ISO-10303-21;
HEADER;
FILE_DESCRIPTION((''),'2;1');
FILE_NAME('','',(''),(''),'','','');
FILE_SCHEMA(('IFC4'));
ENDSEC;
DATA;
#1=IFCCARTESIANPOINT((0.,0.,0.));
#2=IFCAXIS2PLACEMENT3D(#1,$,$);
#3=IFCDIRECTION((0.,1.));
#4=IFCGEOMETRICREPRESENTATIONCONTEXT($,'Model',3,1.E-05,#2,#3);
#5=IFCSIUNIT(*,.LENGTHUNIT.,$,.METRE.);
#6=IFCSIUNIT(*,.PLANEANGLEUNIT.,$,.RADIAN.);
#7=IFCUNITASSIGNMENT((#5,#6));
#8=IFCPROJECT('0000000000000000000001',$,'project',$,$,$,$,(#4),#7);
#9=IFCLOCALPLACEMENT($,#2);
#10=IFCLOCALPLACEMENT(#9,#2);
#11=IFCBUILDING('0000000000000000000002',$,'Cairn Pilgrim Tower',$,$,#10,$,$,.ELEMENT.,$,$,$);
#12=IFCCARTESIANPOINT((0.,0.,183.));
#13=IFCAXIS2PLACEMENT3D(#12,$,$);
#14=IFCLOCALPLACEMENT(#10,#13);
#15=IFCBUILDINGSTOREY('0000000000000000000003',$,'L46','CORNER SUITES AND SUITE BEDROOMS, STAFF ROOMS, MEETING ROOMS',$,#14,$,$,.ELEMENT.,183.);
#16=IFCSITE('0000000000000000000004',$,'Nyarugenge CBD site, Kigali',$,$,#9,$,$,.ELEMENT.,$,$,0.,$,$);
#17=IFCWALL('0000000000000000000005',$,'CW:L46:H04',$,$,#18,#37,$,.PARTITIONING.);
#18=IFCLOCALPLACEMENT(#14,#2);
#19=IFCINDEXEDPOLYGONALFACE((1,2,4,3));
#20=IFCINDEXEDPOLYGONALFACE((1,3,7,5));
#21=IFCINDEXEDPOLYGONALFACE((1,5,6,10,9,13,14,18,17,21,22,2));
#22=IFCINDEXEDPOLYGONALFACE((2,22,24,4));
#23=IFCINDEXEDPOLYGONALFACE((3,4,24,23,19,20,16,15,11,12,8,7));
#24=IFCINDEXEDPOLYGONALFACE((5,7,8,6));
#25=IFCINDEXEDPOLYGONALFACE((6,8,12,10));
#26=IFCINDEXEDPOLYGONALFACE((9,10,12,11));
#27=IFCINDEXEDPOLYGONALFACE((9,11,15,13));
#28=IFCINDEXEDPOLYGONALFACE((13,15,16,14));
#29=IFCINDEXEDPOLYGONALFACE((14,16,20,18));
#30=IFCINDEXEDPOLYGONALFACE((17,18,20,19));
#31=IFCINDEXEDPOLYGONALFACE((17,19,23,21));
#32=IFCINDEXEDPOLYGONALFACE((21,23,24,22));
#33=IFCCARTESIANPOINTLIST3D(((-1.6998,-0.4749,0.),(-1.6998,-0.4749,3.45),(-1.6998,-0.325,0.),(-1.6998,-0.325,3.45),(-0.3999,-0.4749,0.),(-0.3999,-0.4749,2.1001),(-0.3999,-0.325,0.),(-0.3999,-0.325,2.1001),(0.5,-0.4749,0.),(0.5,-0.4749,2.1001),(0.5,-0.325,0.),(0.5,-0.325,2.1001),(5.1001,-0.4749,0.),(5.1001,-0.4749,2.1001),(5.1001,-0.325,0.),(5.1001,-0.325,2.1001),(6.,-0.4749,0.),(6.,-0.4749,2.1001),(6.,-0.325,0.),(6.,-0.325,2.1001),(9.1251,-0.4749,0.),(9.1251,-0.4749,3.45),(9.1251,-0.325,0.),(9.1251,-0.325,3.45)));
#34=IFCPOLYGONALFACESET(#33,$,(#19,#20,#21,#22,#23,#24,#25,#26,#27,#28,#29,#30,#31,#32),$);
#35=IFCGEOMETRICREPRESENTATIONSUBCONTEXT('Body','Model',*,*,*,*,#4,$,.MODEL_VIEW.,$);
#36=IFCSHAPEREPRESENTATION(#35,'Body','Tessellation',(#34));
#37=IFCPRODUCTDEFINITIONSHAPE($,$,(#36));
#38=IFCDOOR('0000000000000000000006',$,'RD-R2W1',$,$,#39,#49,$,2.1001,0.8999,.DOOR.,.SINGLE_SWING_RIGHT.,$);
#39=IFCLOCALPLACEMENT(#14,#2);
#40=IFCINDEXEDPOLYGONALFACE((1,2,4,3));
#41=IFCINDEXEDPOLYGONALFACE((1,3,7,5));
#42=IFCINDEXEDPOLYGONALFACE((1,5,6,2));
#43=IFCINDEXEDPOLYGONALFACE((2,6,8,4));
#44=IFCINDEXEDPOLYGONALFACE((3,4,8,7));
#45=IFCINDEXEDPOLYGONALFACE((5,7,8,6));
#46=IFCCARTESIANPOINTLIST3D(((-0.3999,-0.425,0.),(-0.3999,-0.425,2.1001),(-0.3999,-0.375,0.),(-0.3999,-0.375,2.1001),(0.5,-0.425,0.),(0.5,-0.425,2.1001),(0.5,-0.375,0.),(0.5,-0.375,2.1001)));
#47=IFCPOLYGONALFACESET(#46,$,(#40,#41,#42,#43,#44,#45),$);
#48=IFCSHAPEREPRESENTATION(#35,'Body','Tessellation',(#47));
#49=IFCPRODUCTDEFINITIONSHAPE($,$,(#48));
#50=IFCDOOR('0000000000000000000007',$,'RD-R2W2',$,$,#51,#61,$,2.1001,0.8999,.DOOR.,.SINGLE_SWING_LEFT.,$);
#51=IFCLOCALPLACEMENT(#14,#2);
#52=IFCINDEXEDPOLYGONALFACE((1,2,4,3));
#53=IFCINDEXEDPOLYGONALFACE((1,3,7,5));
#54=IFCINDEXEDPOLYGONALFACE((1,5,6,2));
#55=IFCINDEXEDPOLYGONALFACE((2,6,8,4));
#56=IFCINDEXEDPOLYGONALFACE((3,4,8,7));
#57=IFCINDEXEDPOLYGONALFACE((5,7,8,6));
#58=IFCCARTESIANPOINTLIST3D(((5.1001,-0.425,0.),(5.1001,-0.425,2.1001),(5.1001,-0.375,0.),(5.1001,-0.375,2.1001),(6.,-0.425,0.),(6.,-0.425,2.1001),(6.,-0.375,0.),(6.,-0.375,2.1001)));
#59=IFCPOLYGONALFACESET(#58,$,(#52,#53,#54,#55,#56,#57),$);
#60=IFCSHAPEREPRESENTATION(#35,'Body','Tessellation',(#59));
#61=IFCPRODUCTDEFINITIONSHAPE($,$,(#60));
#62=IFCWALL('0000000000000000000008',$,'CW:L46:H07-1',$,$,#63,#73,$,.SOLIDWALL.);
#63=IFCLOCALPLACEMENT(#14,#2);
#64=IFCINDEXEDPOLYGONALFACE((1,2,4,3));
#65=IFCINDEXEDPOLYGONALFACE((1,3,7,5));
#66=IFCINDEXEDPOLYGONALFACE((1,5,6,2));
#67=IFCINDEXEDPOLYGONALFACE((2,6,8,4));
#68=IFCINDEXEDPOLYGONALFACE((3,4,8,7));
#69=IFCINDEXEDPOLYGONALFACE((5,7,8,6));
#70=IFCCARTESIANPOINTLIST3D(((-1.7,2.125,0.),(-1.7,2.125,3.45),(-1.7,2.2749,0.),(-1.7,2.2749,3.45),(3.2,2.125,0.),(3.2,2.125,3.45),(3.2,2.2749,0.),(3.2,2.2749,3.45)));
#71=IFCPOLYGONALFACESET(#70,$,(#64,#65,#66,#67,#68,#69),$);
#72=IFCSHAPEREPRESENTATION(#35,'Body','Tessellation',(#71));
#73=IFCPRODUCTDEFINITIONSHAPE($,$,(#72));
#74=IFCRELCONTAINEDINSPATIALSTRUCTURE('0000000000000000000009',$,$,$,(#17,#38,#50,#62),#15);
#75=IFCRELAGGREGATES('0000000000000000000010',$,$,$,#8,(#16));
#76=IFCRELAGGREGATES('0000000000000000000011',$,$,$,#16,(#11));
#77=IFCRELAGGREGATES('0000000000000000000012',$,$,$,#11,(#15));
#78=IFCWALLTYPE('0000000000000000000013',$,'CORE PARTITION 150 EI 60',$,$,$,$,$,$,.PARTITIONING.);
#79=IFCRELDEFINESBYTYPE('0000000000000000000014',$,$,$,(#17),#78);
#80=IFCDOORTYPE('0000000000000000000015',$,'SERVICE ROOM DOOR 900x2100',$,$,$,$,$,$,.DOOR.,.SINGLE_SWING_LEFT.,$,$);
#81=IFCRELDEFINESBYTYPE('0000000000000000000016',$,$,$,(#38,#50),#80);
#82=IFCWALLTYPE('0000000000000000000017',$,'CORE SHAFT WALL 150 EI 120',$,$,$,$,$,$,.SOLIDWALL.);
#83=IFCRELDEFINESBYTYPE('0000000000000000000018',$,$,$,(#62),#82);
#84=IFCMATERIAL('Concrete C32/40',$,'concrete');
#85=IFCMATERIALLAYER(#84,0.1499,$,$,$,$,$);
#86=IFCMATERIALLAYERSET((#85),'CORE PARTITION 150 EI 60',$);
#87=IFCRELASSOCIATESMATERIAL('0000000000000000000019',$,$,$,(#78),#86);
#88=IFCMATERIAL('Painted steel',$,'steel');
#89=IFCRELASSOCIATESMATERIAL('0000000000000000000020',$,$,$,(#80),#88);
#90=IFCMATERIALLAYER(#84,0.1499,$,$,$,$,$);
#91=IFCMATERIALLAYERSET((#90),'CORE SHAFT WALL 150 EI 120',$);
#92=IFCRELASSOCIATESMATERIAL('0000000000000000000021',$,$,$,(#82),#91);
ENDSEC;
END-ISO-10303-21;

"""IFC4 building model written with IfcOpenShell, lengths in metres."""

from ifc_helpers import new_model, si_unit, direction, frame, frame_2d, origin, place, context, subcontext, project, spatial, rectangle, extrude, material, layer, layer_set, type_object, element, fill, save


model = new_model("IFC4")

# Units and contexts
model_context = context("Model", 3, precision=1e-05, world=origin(), true_north=direction((0.0, 1.0)))
body_context = subcontext(model_context, "Body", "Model", "MODEL_VIEW")
ifc_project = project(units=[si_unit("LENGTHUNIT", "METRE"), si_unit("PLANEANGLEUNIT", "RADIAN")], contexts=[model_context])

# Site, building, storey
site_placement = place(None, origin())
site = spatial("IfcSite", under=ifc_project, at=site_placement, Name="Nyarugenge CBD site, Kigali", CompositionType="ELEMENT", RefElevation=0.0)
building_placement = place(site_placement, origin())
building = spatial("IfcBuilding", under=site, at=building_placement, Name="Cairn Pilgrim Tower", CompositionType="ELEMENT")
storey_placement = place(building_placement, frame((0.0, 0.0, 183.0)))
storey = spatial("IfcBuildingStorey", under=building, at=storey_placement, Name="L46", Description="CORNER SUITES AND SUITE BEDROOMS, STAFF ROOMS, MEETING ROOMS", CompositionType="ELEMENT", Elevation=183.0)

# Shared definitions
ifc_material_1 = material(Name="Concrete C32/40", Category="concrete")

# Shared definitions
ifc_material_2 = material(Name="Painted steel", Category="steel")

# Shared definitions
ifc_layer_1 = layer(ifc_material_1, 0.1499)
ifc_layer_set_1 = layer_set([ifc_layer_1], Name="CORE PARTITION 150 EI 60")
wall_type_1 = type_object("IfcWallType", Name="CORE PARTITION 150 EI 60", PredefinedType="PARTITIONING", material=ifc_layer_set_1)
door_type_1 = type_object("IfcDoorType", Name="SERVICE ROOM DOOR 900x2100", OperationType="SINGLE_SWING_LEFT", PredefinedType="DOOR", material=ifc_material_2)

# Wall, openings, doors
wall_1_placement = place(storey_placement, frame((-1.7, -0.3999, 0.0), z_axis=(0.0, 0.0, 1.0), x_axis=(1.0, 0.0, 0.0)))
wall_1 = element("IfcWall", 1, at=wall_1_placement, inside=storey, type_object=wall_type_1, Name="CW:L46:H04", PredefinedType="PARTITIONING", context=body_context, shape_type="SweptSolid", body=[
    extrude(rectangle(XDim=10.825, YDim=0.1499, at=frame_2d((5.4126, 0.0))), origin(), (0.0, 0.0, 1.0), 3.45),
])
opening_1_placement = place(wall_1_placement, frame((1.3, 0.0, 0.0)))
opening_1 = element("IfcOpeningElement", 2, at=opening_1_placement, cuts=wall_1, PredefinedType="OPENING", context=body_context, shape_type="SweptSolid", body=[
    extrude(rectangle(XDim=0.8999, YDim=2.1001, at=frame_2d((0.45, 1.05))), frame((0.0, 0.085, 0.0), z_axis=(0.0, -1.0, 0.0), x_axis=(1.0, 0.0, 0.0)), (0.0, 0.0, 1.0), 0.1699),
])
opening_2_placement = place(wall_1_placement, frame((6.8, 0.0, 0.0)))
opening_2 = element("IfcOpeningElement", 3, at=opening_2_placement, cuts=wall_1, PredefinedType="OPENING", context=body_context, shape_type="SweptSolid", body=[
    extrude(rectangle(XDim=0.8999, YDim=2.1001, at=frame_2d((0.45, 1.05))), frame((0.0, 0.085, 0.0), z_axis=(0.0, -1.0, 0.0), x_axis=(1.0, 0.0, 0.0)), (0.0, 0.0, 1.0), 0.1699),
])
door_1_placement = place(opening_1_placement, origin())
door_1 = element("IfcDoor", 4, at=door_1_placement, inside=storey, type_object=door_type_1, Name="RD-R2W1", OperationType="SINGLE_SWING_RIGHT", OverallHeight=2.1001, OverallWidth=0.8999, PredefinedType="DOOR", context=body_context, shape_type="SweptSolid", body=[
    extrude(rectangle(XDim=0.8999, YDim=2.1001, at=frame_2d((0.45, 1.05))), frame((0.0, 0.0249, 0.0), z_axis=(0.0, -1.0, 0.0), x_axis=(1.0, 0.0, 0.0)), (0.0, 0.0, 1.0), 0.05),
])
fill(opening_1, door_1)
door_2_placement = place(opening_2_placement, origin())
door_2 = element("IfcDoor", 5, at=door_2_placement, inside=storey, type_object=door_type_1, Name="RD-R2W2", OperationType="SINGLE_SWING_LEFT", OverallHeight=2.1001, OverallWidth=0.8999, PredefinedType="DOOR", context=body_context, shape_type="SweptSolid", body=[
    extrude(rectangle(XDim=0.8999, YDim=2.1001, at=frame_2d((0.45, 1.05))), frame((0.0, 0.0249, 0.0), z_axis=(0.0, -1.0, 0.0), x_axis=(1.0, 0.0, 0.0)), (0.0, 0.0, 1.0), 0.05),
])
fill(opening_2, door_2)

# Wall
ifc_layer_2 = layer(ifc_material_1, 0.1499)
ifc_layer_set_2 = layer_set([ifc_layer_2], Name="CORE SHAFT WALL 150 EI 120")
wall_type_2 = type_object("IfcWallType", Name="CORE SHAFT WALL 150 EI 120", PredefinedType="SOLIDWALL", material=ifc_layer_set_2)
wall_2_placement = place(storey_placement, frame((-1.7, 2.2, 0.0), z_axis=(0.0, 0.0, 1.0), x_axis=(1.0, 0.0, 0.0)))
element("IfcWall", 6, at=wall_2_placement, inside=storey, type_object=wall_type_2, Name="CW:L46:H07-1", PredefinedType="SOLIDWALL", context=body_context, shape_type="SweptSolid", body=[
    extrude(rectangle(XDim=4.8999, YDim=0.1499, at=frame_2d((2.45, 0.0))), origin(), (0.0, 0.0, 1.0), 3.45),
])

save(model, "model.ifc")
